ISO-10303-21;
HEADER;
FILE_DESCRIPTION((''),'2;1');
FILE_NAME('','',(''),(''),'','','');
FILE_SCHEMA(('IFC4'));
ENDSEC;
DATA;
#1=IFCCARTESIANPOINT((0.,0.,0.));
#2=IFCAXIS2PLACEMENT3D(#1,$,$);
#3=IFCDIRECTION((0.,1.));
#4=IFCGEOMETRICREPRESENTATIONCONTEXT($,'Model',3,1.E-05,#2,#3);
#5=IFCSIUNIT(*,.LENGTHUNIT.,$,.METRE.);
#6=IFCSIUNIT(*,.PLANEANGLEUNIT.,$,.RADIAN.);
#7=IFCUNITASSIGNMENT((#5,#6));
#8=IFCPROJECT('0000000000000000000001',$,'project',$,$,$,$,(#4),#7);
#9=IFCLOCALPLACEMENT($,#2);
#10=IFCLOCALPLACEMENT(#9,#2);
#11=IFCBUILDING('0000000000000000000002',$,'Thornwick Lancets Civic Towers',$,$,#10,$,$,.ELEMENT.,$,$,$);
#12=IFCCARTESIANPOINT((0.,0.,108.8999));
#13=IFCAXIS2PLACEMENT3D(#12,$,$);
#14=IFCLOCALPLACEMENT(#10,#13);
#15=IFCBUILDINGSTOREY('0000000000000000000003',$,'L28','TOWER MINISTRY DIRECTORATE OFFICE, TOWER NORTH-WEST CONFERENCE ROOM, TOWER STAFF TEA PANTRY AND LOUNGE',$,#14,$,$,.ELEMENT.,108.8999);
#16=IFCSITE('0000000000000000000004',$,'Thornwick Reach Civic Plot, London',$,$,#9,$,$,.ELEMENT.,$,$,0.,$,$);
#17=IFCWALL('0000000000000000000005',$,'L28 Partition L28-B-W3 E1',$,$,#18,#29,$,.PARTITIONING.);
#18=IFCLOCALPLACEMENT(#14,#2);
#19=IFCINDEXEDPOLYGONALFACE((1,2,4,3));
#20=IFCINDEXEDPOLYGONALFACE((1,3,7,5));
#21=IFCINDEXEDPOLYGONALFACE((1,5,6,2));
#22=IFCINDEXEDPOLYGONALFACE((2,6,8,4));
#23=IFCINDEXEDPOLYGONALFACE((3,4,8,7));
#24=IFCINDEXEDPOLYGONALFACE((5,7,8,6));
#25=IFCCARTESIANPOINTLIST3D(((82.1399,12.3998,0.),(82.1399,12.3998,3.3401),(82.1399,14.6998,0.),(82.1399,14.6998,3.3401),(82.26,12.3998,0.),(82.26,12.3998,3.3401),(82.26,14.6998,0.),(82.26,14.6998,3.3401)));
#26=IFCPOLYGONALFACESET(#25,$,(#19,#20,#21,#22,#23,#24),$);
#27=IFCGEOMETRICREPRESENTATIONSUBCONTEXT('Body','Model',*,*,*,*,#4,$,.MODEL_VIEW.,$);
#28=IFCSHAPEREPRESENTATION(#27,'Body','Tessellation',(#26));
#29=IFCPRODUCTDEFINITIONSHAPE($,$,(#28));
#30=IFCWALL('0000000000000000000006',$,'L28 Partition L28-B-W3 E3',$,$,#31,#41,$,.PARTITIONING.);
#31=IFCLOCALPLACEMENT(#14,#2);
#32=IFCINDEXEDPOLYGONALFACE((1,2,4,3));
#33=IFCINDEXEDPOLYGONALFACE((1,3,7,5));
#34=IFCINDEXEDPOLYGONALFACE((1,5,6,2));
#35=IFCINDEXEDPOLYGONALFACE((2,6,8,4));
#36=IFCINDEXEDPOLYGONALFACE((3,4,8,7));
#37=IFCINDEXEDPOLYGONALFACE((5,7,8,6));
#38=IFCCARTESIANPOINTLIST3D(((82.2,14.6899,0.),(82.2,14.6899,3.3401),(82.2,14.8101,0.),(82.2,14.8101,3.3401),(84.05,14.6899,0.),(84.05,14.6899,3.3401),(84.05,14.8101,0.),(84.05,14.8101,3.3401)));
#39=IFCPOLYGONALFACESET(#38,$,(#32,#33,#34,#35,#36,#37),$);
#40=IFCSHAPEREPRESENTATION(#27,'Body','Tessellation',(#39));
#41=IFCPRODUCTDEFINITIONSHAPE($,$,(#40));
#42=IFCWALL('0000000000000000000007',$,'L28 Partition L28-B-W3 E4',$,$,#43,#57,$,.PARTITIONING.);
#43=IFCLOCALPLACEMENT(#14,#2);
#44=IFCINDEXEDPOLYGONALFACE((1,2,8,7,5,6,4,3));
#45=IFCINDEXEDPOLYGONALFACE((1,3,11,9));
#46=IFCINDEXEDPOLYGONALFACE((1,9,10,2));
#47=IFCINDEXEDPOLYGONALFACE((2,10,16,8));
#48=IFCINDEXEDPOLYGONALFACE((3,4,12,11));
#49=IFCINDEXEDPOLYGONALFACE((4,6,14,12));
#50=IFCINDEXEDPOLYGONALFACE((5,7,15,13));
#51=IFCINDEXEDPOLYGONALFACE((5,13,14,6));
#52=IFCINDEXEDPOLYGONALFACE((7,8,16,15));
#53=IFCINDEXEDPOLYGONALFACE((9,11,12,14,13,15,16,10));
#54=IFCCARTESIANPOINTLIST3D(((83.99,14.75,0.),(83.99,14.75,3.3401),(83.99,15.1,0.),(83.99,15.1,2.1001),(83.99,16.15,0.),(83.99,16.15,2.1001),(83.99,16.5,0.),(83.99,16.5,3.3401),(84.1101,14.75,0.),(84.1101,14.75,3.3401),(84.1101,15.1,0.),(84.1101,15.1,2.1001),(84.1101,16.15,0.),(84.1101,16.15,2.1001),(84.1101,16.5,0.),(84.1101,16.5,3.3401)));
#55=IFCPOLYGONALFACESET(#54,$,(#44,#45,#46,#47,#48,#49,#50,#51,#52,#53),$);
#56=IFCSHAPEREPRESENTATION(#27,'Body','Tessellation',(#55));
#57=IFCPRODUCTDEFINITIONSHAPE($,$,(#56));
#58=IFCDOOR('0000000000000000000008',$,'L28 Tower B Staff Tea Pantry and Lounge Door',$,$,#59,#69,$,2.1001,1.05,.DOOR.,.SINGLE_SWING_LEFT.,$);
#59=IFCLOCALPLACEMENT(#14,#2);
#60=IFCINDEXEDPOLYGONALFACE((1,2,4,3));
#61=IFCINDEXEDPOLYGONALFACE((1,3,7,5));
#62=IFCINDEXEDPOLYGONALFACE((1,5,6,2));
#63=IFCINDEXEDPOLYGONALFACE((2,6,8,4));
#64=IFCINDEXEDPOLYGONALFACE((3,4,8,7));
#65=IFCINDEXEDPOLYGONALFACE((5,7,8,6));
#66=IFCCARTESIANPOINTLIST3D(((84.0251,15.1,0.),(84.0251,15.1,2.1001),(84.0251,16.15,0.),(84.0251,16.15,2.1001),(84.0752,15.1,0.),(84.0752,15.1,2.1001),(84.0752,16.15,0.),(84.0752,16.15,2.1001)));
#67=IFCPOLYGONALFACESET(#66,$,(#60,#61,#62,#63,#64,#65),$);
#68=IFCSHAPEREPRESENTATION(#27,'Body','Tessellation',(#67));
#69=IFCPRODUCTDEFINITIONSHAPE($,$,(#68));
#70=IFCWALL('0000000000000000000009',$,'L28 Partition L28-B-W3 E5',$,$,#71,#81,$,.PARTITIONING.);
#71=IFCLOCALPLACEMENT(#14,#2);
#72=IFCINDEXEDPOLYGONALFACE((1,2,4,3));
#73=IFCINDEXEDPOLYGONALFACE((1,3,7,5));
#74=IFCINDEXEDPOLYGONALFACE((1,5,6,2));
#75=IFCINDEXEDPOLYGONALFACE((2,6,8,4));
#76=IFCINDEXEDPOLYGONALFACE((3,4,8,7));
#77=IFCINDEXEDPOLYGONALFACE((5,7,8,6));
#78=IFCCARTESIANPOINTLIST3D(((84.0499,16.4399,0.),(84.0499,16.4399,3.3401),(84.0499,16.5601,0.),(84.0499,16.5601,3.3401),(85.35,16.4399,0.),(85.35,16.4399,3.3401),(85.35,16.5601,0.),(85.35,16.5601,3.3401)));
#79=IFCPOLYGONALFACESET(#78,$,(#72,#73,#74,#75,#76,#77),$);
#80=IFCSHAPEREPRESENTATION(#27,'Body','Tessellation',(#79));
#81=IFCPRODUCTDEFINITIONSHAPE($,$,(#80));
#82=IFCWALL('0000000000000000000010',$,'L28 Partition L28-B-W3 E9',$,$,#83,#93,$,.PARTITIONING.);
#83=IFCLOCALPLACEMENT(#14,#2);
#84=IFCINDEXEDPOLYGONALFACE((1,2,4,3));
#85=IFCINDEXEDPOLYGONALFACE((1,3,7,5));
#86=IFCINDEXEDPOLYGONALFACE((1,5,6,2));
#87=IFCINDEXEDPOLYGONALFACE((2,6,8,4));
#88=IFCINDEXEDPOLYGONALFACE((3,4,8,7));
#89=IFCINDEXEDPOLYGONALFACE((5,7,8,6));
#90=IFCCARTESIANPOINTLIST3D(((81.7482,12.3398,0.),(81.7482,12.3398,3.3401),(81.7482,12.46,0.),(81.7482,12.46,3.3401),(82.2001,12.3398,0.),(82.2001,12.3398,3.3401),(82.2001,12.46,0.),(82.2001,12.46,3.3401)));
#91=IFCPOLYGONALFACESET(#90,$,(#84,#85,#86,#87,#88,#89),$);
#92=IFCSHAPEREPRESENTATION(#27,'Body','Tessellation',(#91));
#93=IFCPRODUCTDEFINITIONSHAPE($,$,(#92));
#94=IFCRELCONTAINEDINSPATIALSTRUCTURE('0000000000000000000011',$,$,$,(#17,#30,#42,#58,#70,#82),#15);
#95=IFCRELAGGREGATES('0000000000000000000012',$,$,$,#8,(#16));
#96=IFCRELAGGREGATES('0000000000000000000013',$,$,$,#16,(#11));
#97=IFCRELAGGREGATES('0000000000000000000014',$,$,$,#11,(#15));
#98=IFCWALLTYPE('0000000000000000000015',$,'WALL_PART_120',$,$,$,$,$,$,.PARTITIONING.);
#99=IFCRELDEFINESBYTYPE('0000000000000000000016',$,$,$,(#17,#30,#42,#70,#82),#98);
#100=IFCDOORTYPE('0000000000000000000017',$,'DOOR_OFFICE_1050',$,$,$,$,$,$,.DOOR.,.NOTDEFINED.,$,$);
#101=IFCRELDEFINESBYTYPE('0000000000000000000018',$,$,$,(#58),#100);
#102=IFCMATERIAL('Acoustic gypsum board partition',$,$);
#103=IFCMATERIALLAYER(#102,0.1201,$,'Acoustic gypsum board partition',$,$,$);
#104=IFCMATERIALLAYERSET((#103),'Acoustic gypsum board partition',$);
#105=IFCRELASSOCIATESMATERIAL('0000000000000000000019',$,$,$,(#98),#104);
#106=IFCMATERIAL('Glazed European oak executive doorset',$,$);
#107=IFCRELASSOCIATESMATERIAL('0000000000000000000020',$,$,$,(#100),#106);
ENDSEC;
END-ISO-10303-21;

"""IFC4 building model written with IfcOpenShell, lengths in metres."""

from ifc_helpers import new_model, si_unit, direction, frame, frame_2d, origin, place, context, subcontext, project, spatial, rectangle, extrude, material, layer, layer_set, type_object, element, fill, save


model = new_model("IFC4")

# Units and contexts
model_context = context("Model", 3, precision=1e-05, world=origin(), true_north=direction((0.0, 1.0)))
body_context = subcontext(model_context, "Body", "Model", "MODEL_VIEW")
ifc_project = project(units=[si_unit("LENGTHUNIT", "METRE"), si_unit("PLANEANGLEUNIT", "RADIAN")], contexts=[model_context])

# Site, building, storey
site_placement = place(None, origin())
site = spatial("IfcSite", under=ifc_project, at=site_placement, Name="Thornwick Reach Civic Plot, London", CompositionType="ELEMENT", RefElevation=0.0)
building_placement = place(site_placement, origin())
building = spatial("IfcBuilding", under=site, at=building_placement, Name="Thornwick Lancets Civic Towers", CompositionType="ELEMENT")
storey_placement = place(building_placement, frame((0.0, 0.0, 108.8999)))
storey = spatial("IfcBuildingStorey", under=building, at=storey_placement, Name="L28", Description="TOWER MINISTRY DIRECTORATE OFFICE, TOWER NORTH-WEST CONFERENCE ROOM, TOWER STAFF TEA PANTRY AND LOUNGE", CompositionType="ELEMENT", Elevation=108.8999)

# Walls
ifc_material_1 = material(Name="Acoustic gypsum board partition")
ifc_layer_1 = layer(ifc_material_1, 0.1201, Name="Acoustic gypsum board partition")
ifc_layer_set_1 = layer_set([ifc_layer_1], Name="Acoustic gypsum board partition")
wall_type_1 = type_object("IfcWallType", Name="WALL_PART_120", PredefinedType="PARTITIONING", material=ifc_layer_set_1)
wall_1_placement = place(storey_placement, frame((82.2, 12.3999, 0.0), z_axis=(0.0, 0.0, 1.0), x_axis=(0.0, 1.0, 0.0)))
element("IfcWall", 1, at=wall_1_placement, inside=storey, type_object=wall_type_1, Name="L28 Partition L28-B-W3 E1", PredefinedType="PARTITIONING", context=body_context, shape_type="SweptSolid", body=[
    extrude(rectangle(XDim=2.3, YDim=0.1201, at=frame_2d((1.1499, 0.0))), origin(), (0.0, 0.0, 1.0), 3.3401),
])
wall_2_placement = place(storey_placement, frame((82.2, 14.75, 0.0), z_axis=(0.0, 0.0, 1.0), x_axis=(1.0, 0.0, 0.0)))
element("IfcWall", 2, at=wall_2_placement, inside=storey, type_object=wall_type_1, Name="L28 Partition L28-B-W3 E3", PredefinedType="PARTITIONING", context=body_context, shape_type="SweptSolid", body=[
    extrude(rectangle(XDim=1.8501, YDim=0.1201, at=frame_2d((0.925, 0.0))), origin(), (0.0, 0.0, 1.0), 3.3401),
])

# Wall, opening, door
wall_3_placement = place(storey_placement, frame((84.05, 14.75, 0.0), z_axis=(0.0, 0.0, 1.0), x_axis=(0.0, 1.0, 0.0)))
wall_3 = element("IfcWall", 3, at=wall_3_placement, inside=storey, type_object=wall_type_1, Name="L28 Partition L28-B-W3 E4", PredefinedType="PARTITIONING", context=body_context, shape_type="SweptSolid", body=[
    extrude(rectangle(XDim=1.75, YDim=0.1201, at=frame_2d((0.875, 0.0))), origin(), (0.0, 0.0, 1.0), 3.3401),
])
opening_1_placement = place(wall_3_placement, frame((0.3501, 0.0, 0.0)))
opening_1 = element("IfcOpeningElement", 4, at=opening_1_placement, cuts=wall_3, PredefinedType="OPENING", context=body_context, shape_type="SweptSolid", body=[
    extrude(rectangle(XDim=1.05, YDim=2.1001, at=frame_2d((0.5249, 1.05))), frame((0.0, 0.0701, 0.0), z_axis=(0.0, -1.0, 0.0), x_axis=(1.0, 0.0, 0.0)), (0.0, 0.0, 1.0), 0.1401),
])
ifc_material_2 = material(Name="Glazed European oak executive doorset")
door_type_1 = type_object("IfcDoorType", Name="DOOR_OFFICE_1050", OperationType="NOTDEFINED", PredefinedType="DOOR", material=ifc_material_2)
door_1_placement = place(opening_1_placement, origin())
door_1 = element("IfcDoor", 5, at=door_1_placement, inside=storey, type_object=door_type_1, Name="L28 Tower B Staff Tea Pantry and Lounge Door", OperationType="SINGLE_SWING_LEFT", OverallHeight=2.1001, OverallWidth=1.05, PredefinedType="DOOR", context=body_context, shape_type="SweptSolid", body=[
    extrude(rectangle(XDim=1.05, YDim=2.1001, at=frame_2d((0.5249, 1.05))), frame((0.0, 0.0249, 0.0), z_axis=(0.0, -1.0, 0.0), x_axis=(1.0, 0.0, 0.0)), (0.0, 0.0, 1.0), 0.05),
])
fill(opening_1, door_1)

# Walls
wall_4_placement = place(storey_placement, frame((84.05, 16.5, 0.0), z_axis=(0.0, 0.0, 1.0), x_axis=(1.0, 0.0, 0.0)))
element("IfcWall", 6, at=wall_4_placement, inside=storey, type_object=wall_type_1, Name="L28 Partition L28-B-W3 E5", PredefinedType="PARTITIONING", context=body_context, shape_type="SweptSolid", body=[
    extrude(rectangle(XDim=1.3, YDim=0.1201, at=frame_2d((0.6499, 0.0))), origin(), (0.0, 0.0, 1.0), 3.3401),
])
wall_5_placement = place(storey_placement, frame((81.748, 12.3999, 0.0), z_axis=(0.0, 0.0, 1.0), x_axis=(1.0, 0.0, 0.0)))
element("IfcWall", 7, at=wall_5_placement, inside=storey, type_object=wall_type_1, Name="L28 Partition L28-B-W3 E9", PredefinedType="PARTITIONING", context=body_context, shape_type="SweptSolid", body=[
    extrude(rectangle(XDim=0.4519, YDim=0.1201, at=frame_2d((0.2261, 0.0))), origin(), (0.0, 0.0, 1.0), 3.3401),
])

save(model, "model.ifc")
